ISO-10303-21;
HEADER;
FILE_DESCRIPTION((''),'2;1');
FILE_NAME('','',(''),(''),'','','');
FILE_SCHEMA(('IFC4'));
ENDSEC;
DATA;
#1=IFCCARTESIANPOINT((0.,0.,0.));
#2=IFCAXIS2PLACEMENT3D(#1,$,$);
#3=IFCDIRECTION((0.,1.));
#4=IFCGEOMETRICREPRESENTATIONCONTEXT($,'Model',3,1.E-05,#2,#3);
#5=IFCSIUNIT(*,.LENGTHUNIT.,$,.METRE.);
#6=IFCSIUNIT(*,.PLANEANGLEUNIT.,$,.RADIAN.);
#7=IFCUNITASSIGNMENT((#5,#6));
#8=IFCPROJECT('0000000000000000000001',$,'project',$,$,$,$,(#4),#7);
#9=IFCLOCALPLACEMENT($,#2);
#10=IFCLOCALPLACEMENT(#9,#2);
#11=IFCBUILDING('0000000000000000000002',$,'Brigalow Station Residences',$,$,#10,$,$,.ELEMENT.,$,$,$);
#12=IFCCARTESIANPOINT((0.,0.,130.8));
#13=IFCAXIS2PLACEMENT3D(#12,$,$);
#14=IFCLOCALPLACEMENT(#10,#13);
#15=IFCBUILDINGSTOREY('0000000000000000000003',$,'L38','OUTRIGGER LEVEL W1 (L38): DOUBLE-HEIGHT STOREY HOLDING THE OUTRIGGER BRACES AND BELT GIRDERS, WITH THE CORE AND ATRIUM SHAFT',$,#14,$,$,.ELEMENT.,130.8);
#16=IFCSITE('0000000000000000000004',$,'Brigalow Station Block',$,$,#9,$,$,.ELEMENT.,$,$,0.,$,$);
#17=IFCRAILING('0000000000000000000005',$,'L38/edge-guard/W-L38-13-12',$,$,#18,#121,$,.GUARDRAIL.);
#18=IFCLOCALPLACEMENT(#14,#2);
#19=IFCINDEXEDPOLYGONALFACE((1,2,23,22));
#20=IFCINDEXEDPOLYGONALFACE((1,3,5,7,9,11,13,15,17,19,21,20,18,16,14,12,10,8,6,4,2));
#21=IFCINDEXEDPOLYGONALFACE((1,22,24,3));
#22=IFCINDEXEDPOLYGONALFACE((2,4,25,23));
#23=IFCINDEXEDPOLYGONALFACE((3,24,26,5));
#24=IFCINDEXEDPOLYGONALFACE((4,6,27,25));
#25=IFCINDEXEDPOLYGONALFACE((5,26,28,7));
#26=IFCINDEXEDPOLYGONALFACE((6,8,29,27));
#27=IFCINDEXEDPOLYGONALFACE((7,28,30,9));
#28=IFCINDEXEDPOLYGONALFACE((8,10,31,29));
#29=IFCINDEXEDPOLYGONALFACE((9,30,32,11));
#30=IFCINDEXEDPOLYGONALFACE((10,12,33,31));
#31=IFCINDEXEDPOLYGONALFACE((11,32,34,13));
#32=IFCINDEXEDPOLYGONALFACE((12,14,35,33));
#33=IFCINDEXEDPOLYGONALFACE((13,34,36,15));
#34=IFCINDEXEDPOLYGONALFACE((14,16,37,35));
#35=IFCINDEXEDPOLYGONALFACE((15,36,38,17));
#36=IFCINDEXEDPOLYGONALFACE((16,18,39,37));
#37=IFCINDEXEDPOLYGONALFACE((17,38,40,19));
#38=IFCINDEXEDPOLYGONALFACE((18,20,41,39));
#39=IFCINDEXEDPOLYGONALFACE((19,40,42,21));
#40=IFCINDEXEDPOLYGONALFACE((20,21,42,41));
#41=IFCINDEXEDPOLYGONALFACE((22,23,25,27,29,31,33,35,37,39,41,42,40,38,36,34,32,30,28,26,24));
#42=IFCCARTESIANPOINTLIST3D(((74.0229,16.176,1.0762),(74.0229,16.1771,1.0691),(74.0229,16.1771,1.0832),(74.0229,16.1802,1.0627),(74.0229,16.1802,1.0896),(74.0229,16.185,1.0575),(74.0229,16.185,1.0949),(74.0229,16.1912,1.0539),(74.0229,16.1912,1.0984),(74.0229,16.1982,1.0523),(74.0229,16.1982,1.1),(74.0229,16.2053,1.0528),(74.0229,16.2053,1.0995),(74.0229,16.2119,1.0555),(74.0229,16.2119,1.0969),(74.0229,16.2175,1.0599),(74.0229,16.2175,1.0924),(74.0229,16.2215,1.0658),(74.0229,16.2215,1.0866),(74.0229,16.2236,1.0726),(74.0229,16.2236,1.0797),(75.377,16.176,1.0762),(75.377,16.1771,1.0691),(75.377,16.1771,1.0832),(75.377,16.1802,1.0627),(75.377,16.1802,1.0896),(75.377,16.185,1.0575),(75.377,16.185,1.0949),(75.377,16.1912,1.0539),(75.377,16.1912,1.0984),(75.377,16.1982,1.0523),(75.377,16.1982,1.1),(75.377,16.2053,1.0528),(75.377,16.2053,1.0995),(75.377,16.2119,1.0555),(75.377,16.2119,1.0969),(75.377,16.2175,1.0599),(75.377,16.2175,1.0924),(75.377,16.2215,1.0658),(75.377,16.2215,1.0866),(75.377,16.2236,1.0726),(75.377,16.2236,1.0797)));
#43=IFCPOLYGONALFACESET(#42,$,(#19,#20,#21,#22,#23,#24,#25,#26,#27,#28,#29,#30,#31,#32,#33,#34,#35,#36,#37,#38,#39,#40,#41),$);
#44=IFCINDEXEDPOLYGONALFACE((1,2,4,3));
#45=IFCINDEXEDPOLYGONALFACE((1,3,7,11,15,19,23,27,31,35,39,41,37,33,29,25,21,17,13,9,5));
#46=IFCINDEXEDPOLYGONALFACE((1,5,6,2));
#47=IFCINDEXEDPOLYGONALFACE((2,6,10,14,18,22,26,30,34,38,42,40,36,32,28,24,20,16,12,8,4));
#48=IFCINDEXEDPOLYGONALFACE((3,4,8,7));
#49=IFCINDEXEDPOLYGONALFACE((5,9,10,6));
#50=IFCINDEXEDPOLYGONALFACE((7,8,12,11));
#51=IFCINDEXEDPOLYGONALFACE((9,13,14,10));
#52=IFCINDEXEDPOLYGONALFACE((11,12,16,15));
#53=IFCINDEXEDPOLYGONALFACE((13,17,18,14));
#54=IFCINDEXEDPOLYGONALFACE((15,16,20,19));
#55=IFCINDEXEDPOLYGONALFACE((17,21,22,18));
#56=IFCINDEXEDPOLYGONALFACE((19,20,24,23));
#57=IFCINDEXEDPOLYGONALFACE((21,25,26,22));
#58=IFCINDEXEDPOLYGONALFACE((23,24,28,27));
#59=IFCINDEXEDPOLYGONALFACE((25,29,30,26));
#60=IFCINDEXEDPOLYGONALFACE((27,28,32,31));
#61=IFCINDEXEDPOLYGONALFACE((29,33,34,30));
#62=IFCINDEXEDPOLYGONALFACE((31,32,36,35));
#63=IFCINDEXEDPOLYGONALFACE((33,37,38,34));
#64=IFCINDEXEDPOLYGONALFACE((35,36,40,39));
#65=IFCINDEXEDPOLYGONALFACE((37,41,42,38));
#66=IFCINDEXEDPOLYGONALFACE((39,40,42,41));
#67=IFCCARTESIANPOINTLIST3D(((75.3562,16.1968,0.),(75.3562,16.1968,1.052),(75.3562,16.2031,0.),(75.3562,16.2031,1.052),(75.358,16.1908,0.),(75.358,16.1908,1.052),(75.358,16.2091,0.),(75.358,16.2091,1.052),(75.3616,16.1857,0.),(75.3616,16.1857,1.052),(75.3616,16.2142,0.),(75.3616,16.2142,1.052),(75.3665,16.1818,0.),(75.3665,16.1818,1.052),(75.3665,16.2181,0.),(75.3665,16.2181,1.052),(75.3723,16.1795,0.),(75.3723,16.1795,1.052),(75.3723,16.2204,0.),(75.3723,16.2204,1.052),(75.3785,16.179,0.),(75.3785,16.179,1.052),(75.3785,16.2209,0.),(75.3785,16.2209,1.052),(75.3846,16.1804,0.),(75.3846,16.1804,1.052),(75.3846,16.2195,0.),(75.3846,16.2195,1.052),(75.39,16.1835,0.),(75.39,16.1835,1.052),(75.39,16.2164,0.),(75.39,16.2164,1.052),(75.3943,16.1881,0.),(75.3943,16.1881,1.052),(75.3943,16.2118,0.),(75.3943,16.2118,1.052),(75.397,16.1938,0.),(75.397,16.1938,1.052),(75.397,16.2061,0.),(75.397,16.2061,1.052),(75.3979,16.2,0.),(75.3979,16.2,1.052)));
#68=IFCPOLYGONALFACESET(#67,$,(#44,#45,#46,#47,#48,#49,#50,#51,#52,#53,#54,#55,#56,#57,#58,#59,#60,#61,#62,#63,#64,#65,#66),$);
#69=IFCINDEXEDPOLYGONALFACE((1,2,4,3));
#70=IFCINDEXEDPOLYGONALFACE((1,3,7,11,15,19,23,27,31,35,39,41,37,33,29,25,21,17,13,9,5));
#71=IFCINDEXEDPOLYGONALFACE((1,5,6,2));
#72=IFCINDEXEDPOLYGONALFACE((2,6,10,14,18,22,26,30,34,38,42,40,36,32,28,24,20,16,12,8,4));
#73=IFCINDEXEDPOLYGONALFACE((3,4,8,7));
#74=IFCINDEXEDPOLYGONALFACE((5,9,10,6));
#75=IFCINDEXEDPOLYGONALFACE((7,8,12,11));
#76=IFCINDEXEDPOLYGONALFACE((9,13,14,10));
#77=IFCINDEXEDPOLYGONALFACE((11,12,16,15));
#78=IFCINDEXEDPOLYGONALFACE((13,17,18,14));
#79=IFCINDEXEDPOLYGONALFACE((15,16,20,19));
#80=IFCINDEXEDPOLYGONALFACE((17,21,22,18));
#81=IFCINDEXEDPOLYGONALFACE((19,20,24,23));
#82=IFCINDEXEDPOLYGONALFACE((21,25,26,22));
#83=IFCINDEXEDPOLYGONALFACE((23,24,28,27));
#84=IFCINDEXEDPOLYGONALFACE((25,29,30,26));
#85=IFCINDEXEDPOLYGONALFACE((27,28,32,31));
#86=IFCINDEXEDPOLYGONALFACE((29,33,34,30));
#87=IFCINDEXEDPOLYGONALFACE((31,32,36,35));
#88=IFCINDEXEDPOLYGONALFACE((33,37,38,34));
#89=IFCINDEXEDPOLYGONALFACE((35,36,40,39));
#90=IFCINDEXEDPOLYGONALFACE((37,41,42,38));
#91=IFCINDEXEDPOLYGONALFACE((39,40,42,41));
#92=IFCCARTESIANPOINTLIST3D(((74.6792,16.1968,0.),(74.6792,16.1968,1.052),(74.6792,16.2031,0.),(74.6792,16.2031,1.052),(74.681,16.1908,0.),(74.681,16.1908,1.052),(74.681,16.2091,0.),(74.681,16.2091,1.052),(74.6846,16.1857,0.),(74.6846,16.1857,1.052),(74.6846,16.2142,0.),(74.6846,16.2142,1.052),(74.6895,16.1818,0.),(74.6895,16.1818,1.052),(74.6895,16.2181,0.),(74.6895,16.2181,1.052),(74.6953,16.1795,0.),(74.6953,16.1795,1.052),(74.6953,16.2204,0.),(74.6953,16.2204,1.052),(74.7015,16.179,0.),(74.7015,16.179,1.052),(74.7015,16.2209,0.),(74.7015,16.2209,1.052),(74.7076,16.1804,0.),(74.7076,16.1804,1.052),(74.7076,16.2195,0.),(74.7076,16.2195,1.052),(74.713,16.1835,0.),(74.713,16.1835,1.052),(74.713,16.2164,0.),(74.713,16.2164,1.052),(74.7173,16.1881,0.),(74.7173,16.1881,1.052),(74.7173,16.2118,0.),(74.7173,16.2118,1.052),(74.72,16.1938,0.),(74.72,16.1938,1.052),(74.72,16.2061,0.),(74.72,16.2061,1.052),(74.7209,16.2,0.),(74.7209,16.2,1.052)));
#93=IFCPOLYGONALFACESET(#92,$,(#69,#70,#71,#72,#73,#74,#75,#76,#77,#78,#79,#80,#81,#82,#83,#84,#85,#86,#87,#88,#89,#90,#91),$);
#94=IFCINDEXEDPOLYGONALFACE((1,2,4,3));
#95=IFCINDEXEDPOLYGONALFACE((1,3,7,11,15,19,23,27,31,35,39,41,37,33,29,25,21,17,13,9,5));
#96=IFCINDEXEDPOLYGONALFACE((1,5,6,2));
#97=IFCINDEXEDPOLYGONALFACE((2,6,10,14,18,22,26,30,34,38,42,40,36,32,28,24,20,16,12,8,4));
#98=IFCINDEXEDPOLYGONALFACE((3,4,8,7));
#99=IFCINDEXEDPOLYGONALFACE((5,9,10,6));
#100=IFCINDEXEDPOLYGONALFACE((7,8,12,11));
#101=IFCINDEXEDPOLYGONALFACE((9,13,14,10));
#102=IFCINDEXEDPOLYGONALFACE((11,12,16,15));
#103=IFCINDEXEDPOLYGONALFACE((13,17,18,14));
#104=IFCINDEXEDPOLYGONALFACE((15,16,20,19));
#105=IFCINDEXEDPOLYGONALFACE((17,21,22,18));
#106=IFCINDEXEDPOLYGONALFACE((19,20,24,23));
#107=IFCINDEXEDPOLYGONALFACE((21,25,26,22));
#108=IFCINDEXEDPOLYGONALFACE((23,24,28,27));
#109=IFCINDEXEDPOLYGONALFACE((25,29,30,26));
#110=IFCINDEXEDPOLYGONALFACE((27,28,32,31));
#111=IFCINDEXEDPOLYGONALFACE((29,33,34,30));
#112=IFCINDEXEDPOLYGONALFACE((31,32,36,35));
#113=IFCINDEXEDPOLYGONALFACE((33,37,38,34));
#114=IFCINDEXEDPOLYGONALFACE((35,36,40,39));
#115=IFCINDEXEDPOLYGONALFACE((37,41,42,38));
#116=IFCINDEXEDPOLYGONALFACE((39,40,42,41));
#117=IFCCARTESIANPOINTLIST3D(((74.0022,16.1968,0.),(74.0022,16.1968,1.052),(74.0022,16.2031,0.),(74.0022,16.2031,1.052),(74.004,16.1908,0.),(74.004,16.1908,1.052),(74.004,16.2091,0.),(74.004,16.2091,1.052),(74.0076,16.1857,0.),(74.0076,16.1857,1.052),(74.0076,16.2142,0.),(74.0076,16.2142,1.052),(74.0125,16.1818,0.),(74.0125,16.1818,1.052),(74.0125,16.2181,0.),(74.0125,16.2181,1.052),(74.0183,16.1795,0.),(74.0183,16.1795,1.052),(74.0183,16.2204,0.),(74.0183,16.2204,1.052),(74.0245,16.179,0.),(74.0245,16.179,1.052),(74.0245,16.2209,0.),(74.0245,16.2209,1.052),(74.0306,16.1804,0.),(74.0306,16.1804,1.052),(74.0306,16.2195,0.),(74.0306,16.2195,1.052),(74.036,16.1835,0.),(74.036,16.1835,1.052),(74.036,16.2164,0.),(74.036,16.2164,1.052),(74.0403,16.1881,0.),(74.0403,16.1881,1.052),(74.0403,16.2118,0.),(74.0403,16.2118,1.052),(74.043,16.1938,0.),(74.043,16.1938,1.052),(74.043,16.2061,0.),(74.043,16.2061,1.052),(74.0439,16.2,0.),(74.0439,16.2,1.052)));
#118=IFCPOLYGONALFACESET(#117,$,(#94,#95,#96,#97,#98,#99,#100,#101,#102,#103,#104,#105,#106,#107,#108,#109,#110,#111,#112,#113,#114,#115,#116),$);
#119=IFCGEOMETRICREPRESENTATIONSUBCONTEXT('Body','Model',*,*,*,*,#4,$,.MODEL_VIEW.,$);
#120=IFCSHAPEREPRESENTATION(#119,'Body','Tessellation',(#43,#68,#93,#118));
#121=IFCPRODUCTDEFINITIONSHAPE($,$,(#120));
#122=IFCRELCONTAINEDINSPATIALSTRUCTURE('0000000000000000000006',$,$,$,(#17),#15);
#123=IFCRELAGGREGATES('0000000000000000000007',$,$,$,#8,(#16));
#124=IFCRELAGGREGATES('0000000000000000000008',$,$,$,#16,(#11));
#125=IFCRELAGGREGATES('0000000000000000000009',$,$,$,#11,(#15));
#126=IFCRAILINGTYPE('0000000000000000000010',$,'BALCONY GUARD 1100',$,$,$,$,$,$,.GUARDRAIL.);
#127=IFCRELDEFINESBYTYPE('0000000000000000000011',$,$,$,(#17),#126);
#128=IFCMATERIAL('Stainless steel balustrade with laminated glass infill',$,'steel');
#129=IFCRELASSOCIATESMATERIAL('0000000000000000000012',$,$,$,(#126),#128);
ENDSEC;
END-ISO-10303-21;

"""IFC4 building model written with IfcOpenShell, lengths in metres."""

from ifc_helpers import new_model, si_unit, direction, frame, origin, origin_2d, place, context, subcontext, project, spatial, circle, extrude, material, type_object, element, save


model = new_model("IFC4")

# Units and contexts
model_context = context("Model", 3, precision=1e-05, world=origin(), true_north=direction((0.0, 1.0)))
body_context = subcontext(model_context, "Body", "Model", "MODEL_VIEW")
ifc_project = project(units=[si_unit("LENGTHUNIT", "METRE"), si_unit("PLANEANGLEUNIT", "RADIAN")], contexts=[model_context])

# Site, building, storey
site_placement = place(None, origin())
site = spatial("IfcSite", under=ifc_project, at=site_placement, Name="Brigalow Station Block", CompositionType="ELEMENT", RefElevation=0.0)
building_placement = place(site_placement, origin())
building = spatial("IfcBuilding", under=site, at=building_placement, Name="Brigalow Station Residences", CompositionType="ELEMENT")
storey_placement = place(building_placement, frame((0.0, 0.0, 130.8)))
storey = spatial("IfcBuildingStorey", under=building, at=storey_placement, Name="L38", Description="OUTRIGGER LEVEL W1 (L38): DOUBLE-HEIGHT STOREY HOLDING THE OUTRIGGER BRACES AND BELT GIRDERS, WITH THE CORE AND ATRIUM SHAFT", CompositionType="ELEMENT", Elevation=130.8)

# Railing
ifc_material_1 = material(Name="Stainless steel balustrade with laminated glass infill", Category="steel")
railing_type = type_object("IfcRailingType", Name="BALCONY GUARD 1100", PredefinedType="GUARDRAIL", material=ifc_material_1)
railing_1_placement = place(storey_placement, frame((75.377, 16.2, 0.0)))
element("IfcRailing", 1, at=railing_1_placement, inside=storey, type_object=railing_type, Name="L38/edge-guard/W-L38-13-12", PredefinedType="GUARDRAIL", context=body_context, shape_type="SweptSolid", body=[
    extrude(circle(Radius=0.0239, at=origin_2d()), frame((0.0, 0.0, 1.0762), z_axis=(-1.0, 0.0, 0.0), x_axis=(0.0, -1.0, 0.0)), (0.0, 0.0, 1.0), 1.354),
    extrude(circle(Radius=0.021, at=origin_2d()), origin(), (0.0, 0.0, 1.0), 1.052),
    extrude(circle(Radius=0.021, at=origin_2d()), frame((-0.677, 0.0, 0.0)), (0.0, 0.0, 1.0), 1.052),
    extrude(circle(Radius=0.021, at=origin_2d()), frame((-1.354, 0.0, 0.0)), (0.0, 0.0, 1.0), 1.052),
])

save(model, "model.ifc")
